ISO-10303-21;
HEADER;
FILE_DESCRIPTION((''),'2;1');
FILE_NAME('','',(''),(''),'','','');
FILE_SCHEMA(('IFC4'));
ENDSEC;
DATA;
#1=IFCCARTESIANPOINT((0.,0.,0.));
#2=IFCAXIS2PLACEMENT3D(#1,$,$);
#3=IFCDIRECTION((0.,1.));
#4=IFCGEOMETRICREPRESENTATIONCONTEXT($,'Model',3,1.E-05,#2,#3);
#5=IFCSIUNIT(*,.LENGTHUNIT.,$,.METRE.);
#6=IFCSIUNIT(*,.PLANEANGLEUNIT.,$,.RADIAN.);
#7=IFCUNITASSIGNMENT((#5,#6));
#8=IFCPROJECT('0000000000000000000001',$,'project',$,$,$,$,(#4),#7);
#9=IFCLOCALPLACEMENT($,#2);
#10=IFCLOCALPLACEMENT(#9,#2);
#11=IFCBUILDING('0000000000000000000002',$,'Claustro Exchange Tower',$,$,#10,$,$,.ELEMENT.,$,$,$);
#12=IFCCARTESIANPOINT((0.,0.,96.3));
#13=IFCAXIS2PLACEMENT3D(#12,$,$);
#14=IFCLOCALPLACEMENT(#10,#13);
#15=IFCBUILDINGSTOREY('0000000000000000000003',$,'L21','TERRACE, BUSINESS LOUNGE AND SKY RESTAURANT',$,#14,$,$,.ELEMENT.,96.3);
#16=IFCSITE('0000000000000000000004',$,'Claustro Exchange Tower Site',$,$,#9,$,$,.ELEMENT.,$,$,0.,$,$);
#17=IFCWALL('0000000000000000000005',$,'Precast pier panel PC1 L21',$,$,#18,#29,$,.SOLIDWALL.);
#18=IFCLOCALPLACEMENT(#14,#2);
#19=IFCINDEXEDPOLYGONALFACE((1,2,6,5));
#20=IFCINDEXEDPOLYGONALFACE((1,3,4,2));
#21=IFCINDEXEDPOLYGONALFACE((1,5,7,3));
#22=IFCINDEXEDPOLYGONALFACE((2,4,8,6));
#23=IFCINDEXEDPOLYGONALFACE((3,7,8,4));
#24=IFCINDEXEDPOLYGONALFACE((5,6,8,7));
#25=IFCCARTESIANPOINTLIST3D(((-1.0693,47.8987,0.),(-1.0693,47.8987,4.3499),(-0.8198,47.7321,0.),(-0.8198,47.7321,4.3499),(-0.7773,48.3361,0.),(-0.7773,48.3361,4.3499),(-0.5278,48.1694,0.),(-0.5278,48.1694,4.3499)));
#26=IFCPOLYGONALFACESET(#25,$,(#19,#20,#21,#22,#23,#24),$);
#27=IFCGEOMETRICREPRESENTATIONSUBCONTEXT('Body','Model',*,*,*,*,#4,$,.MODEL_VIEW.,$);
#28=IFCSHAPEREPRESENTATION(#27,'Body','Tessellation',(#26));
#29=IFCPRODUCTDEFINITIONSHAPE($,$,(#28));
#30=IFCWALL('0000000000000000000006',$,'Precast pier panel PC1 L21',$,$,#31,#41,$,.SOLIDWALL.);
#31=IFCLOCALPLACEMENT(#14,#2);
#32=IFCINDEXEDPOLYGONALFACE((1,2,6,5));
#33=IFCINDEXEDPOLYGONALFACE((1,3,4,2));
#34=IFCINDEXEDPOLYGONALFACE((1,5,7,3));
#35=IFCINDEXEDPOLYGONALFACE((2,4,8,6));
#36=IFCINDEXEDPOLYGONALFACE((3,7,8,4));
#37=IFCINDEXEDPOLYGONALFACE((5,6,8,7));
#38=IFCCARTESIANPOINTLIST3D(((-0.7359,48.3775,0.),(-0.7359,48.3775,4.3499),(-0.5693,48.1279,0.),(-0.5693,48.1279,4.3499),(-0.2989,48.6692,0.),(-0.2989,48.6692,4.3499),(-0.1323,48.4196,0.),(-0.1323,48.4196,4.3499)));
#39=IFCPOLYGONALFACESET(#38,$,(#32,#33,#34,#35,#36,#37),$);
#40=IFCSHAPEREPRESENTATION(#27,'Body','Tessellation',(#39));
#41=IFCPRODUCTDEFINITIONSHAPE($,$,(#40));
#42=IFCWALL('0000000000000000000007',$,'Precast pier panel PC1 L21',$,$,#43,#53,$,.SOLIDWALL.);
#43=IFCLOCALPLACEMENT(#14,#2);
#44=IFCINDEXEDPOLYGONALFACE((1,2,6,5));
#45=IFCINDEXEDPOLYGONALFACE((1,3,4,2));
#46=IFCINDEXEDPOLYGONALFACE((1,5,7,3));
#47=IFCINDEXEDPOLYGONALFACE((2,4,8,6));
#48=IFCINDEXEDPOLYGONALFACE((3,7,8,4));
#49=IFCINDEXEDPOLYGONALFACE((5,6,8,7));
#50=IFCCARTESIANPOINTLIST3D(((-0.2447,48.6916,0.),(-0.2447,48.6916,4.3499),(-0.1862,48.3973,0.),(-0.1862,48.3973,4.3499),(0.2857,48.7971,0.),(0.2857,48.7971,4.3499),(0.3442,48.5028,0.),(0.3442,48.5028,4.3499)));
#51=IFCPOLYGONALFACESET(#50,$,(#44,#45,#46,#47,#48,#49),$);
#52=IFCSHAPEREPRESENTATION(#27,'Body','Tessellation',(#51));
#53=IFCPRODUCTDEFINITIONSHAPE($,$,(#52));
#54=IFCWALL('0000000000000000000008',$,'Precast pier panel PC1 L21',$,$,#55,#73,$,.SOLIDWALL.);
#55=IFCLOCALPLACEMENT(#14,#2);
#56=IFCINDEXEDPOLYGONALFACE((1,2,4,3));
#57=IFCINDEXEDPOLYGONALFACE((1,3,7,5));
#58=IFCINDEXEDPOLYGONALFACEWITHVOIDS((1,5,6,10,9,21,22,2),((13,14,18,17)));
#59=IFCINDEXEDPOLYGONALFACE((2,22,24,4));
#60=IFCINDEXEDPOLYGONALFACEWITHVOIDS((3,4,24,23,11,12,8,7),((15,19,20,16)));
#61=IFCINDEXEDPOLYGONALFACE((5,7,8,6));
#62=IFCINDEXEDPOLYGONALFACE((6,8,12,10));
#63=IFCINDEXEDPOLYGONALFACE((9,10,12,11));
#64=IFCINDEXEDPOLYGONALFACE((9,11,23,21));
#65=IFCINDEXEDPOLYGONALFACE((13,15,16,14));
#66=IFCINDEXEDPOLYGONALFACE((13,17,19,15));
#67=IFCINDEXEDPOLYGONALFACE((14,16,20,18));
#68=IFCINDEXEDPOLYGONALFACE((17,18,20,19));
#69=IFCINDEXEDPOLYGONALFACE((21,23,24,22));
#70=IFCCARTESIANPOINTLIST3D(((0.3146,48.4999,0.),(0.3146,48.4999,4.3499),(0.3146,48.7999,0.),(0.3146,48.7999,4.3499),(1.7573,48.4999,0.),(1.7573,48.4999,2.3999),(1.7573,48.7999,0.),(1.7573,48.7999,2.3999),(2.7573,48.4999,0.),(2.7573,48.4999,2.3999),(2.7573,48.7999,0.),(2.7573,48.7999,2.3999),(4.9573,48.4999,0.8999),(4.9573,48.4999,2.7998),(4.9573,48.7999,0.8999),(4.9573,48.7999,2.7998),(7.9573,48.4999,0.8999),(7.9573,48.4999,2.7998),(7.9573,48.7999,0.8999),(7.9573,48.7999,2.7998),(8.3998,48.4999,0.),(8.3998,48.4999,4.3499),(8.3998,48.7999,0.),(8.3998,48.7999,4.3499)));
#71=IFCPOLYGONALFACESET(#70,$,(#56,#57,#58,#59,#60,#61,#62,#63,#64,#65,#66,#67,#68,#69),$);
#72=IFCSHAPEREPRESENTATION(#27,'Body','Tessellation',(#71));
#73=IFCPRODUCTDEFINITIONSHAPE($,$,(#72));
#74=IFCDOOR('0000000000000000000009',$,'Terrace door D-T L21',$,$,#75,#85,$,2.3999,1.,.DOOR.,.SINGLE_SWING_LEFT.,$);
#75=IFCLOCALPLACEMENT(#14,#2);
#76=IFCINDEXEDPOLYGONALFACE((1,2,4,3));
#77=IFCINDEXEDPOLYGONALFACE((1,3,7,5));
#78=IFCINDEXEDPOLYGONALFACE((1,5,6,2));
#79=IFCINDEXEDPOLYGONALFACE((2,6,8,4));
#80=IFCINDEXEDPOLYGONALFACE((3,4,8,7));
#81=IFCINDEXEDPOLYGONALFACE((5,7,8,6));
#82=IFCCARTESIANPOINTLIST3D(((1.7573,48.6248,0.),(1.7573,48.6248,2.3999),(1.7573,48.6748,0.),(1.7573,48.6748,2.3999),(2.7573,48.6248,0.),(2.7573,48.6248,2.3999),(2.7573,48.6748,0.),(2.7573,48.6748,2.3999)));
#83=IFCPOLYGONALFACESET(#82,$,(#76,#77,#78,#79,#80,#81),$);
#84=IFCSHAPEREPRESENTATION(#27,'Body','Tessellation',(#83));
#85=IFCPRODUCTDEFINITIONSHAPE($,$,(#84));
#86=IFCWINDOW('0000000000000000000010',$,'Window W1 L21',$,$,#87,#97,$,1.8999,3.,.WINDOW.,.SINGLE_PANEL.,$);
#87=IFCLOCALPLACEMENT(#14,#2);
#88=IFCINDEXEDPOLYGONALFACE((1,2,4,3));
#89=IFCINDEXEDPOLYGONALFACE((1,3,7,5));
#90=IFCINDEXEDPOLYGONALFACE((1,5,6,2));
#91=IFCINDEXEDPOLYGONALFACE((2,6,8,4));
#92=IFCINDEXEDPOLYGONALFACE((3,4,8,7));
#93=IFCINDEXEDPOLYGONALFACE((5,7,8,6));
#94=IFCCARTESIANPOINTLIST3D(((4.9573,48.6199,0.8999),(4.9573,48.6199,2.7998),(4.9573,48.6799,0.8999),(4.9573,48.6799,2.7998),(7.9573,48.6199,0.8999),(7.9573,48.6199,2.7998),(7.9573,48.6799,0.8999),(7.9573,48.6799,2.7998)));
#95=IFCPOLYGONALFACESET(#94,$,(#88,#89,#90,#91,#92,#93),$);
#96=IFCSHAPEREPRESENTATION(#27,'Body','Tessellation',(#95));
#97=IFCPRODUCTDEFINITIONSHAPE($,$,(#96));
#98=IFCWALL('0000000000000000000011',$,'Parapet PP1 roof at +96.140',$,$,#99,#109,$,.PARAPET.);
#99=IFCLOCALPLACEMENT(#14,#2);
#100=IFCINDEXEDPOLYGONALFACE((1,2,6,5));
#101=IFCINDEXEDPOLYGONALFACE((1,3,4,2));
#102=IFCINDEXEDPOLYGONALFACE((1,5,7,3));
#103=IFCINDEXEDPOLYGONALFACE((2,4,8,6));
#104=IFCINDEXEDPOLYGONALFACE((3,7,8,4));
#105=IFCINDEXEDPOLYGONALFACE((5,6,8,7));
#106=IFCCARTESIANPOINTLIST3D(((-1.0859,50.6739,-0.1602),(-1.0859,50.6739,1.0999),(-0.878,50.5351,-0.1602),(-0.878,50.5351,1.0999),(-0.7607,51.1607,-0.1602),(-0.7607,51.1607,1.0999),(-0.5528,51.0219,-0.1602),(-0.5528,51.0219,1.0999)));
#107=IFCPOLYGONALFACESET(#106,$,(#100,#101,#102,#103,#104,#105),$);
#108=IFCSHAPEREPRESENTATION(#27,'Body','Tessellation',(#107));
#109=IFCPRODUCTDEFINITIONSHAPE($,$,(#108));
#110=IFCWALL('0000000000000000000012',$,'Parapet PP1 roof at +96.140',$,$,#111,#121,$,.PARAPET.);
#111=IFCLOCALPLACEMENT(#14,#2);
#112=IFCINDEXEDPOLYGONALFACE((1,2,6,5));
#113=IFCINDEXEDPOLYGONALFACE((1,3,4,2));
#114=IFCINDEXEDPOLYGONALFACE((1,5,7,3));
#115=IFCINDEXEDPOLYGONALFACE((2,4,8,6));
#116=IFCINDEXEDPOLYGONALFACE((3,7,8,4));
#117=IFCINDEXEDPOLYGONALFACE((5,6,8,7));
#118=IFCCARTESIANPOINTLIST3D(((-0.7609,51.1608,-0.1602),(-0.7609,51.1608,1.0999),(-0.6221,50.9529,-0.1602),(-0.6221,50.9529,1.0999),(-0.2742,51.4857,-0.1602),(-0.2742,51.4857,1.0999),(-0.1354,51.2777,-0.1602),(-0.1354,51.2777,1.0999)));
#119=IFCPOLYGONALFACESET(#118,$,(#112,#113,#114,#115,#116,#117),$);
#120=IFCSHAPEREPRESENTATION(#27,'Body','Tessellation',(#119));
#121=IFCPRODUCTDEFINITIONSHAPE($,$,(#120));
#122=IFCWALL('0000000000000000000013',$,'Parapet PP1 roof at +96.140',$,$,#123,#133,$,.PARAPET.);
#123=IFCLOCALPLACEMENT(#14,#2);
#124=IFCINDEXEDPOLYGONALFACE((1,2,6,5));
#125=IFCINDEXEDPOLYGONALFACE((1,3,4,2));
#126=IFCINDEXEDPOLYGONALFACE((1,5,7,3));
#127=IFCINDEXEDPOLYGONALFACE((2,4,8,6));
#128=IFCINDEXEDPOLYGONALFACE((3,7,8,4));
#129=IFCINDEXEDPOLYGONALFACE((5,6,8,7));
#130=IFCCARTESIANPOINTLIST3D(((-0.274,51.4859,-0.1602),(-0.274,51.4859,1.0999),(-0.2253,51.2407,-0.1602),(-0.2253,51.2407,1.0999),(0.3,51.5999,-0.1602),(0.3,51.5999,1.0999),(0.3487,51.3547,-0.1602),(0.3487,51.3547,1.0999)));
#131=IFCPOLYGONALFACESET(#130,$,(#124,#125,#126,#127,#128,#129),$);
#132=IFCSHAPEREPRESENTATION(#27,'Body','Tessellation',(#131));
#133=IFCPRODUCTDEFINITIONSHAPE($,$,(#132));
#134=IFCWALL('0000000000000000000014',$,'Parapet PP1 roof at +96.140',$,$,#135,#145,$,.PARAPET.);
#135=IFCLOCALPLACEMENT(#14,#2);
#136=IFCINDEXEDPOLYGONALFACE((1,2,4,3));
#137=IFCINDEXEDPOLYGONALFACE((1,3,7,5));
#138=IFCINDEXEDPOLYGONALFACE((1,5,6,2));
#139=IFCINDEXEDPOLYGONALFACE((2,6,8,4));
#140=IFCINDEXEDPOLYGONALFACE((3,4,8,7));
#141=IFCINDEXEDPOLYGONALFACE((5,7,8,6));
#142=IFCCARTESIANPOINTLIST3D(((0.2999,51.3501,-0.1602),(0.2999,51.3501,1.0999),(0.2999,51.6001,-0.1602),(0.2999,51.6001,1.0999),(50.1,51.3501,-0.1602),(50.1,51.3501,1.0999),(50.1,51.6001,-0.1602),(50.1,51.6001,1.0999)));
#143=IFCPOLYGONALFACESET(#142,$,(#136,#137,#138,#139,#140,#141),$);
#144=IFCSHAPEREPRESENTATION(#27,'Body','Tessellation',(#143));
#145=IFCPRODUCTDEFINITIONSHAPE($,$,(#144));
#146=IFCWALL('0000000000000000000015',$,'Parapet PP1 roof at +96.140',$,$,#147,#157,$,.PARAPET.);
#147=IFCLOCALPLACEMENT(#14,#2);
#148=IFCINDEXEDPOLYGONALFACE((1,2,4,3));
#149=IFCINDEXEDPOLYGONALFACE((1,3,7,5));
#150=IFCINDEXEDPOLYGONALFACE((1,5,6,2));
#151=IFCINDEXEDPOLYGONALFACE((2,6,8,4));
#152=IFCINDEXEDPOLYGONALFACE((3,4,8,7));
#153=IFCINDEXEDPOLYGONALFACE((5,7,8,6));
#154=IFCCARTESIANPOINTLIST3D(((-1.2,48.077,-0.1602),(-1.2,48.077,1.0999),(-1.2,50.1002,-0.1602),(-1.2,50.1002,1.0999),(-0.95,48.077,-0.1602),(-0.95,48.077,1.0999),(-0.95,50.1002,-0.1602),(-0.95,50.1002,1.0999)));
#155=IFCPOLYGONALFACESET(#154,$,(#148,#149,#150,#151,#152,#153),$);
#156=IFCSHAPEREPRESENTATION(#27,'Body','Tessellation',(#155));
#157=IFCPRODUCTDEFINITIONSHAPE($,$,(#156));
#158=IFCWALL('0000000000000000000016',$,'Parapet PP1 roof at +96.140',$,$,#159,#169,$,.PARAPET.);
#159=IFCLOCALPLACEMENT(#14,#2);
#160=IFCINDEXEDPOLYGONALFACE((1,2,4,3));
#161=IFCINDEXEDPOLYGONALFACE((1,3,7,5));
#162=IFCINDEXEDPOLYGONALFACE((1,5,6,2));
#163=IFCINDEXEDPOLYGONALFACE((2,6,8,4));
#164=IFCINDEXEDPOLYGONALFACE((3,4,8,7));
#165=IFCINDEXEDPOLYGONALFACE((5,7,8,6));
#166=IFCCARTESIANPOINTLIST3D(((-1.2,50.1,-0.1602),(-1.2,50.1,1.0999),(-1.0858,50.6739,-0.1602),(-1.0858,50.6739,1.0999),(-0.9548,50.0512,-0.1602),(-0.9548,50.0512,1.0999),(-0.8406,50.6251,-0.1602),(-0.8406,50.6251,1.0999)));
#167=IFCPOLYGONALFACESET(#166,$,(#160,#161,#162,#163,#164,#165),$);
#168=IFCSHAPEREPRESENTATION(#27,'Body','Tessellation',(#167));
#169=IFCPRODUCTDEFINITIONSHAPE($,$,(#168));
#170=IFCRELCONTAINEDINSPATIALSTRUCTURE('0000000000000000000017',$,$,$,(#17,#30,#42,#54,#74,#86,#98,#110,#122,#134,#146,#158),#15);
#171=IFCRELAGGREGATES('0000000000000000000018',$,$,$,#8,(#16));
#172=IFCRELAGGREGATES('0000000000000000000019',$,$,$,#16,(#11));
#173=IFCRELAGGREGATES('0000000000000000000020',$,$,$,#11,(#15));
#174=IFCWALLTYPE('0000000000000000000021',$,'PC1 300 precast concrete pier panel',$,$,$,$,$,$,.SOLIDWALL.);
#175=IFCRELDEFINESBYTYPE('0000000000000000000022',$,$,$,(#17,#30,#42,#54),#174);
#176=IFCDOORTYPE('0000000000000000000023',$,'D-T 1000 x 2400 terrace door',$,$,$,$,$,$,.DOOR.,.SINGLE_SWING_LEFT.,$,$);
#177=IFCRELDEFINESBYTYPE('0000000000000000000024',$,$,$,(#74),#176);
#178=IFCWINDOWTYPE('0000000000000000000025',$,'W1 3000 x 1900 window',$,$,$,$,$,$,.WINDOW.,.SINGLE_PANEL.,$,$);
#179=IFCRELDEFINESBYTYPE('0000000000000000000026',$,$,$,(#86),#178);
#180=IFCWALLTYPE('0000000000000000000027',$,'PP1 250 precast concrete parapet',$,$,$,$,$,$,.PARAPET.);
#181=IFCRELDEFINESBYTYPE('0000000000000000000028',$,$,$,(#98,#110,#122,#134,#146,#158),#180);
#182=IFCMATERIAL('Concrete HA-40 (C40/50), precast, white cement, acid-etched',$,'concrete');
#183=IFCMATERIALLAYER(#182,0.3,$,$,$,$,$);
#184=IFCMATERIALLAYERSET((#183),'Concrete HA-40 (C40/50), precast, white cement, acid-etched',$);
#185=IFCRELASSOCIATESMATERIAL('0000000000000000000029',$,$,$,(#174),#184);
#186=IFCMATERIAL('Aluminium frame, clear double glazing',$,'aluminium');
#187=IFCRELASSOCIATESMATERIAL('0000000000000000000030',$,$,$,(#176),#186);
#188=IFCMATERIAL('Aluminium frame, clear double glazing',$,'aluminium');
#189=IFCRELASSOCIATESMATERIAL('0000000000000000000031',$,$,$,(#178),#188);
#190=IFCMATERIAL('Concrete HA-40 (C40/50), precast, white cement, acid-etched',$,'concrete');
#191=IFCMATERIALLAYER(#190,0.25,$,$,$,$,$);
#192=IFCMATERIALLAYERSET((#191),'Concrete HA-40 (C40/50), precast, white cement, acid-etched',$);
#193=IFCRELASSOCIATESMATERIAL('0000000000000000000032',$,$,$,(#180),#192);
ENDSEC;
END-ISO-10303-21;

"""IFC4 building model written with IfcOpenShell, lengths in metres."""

from ifc_helpers import new_model, si_unit, direction, frame, frame_2d, origin, place, context, subcontext, project, spatial, rectangle, extrude, material, layer, layer_set, type_object, element, fill, save


model = new_model("IFC4")

# Units and contexts
model_context = context("Model", 3, precision=1e-05, world=origin(), true_north=direction((0.0, 1.0)))
body_context = subcontext(model_context, "Body", "Model", "MODEL_VIEW")
ifc_project = project(units=[si_unit("LENGTHUNIT", "METRE"), si_unit("PLANEANGLEUNIT", "RADIAN")], contexts=[model_context])

# Site, building, storey
site_placement = place(None, origin())
site = spatial("IfcSite", under=ifc_project, at=site_placement, Name="Claustro Exchange Tower Site", CompositionType="ELEMENT", RefElevation=0.0)
building_placement = place(site_placement, origin())
building = spatial("IfcBuilding", under=site, at=building_placement, Name="Claustro Exchange Tower", CompositionType="ELEMENT")
storey_placement = place(building_placement, frame((0.0, 0.0, 96.3)))
storey = spatial("IfcBuildingStorey", under=building, at=storey_placement, Name="L21", Description="TERRACE, BUSINESS LOUNGE AND SKY RESTAURANT", CompositionType="ELEMENT", Elevation=96.3)

# Walls
ifc_material_1 = material(Name="Concrete HA-40 (C40/50), precast, white cement, acid-etched", Category="concrete")
ifc_layer_1 = layer(ifc_material_1, 0.3)
ifc_layer_set_1 = layer_set([ifc_layer_1], Name="Concrete HA-40 (C40/50), precast, white cement, acid-etched")
wall_type_1 = type_object("IfcWallType", Name="PC1 300 precast concrete pier panel", PredefinedType="SOLIDWALL", material=ifc_layer_set_1)
wall_1_placement = place(storey_placement, frame((-0.9446, 47.8154, 0.0), z_axis=(0.0, 0.0, 1.0), x_axis=(0.555343, 0.831621, 0.0)))
element("IfcWall", 1, at=wall_1_placement, inside=storey, type_object=wall_type_1, Name="Precast pier panel PC1 L21", PredefinedType="SOLIDWALL", context=body_context, shape_type="SweptSolid", body=[
    extrude(rectangle(XDim=0.5259, YDim=0.3, at=frame_2d((0.2629, 0.0))), origin(), (0.0, 0.0, 1.0), 4.3499),
])
wall_2_placement = place(storey_placement, frame((-0.6526, 48.2527, 0.0), z_axis=(0.0, 0.0, 1.0), x_axis=(0.831693, 0.555236, 0.0)))
element("IfcWall", 2, at=wall_2_placement, inside=storey, type_object=wall_type_1, Name="Precast pier panel PC1 L21", PredefinedType="SOLIDWALL", context=body_context, shape_type="SweptSolid", body=[
    extrude(rectangle(XDim=0.5254, YDim=0.3, at=frame_2d((0.2627, 0.0))), origin(), (0.0, 0.0, 1.0), 4.3499),
])
wall_3_placement = place(storey_placement, frame((-0.2156, 48.5444, 0.0), z_axis=(0.0, 0.0, 1.0), x_axis=(0.980789, 0.195074, 0.0)))
element("IfcWall", 3, at=wall_3_placement, inside=storey, type_object=wall_type_1, Name="Precast pier panel PC1 L21", PredefinedType="SOLIDWALL", context=body_context, shape_type="SweptSolid", body=[
    extrude(rectangle(XDim=0.5408, YDim=0.3, at=frame_2d((0.2705, 0.0))), origin(), (0.0, 0.0, 1.0), 4.3499),
])

# Wall, openings, door, window
wall_4_placement = place(storey_placement, frame((0.3147, 48.6499, 0.0), z_axis=(0.0, 0.0, 1.0), x_axis=(1.0, 0.0, 0.0)))
wall_4 = element("IfcWall", 4, at=wall_4_placement, inside=storey, type_object=wall_type_1, Name="Precast pier panel PC1 L21", PredefinedType="SOLIDWALL", context=body_context, shape_type="SweptSolid", body=[
    extrude(rectangle(XDim=8.0852, YDim=0.3, at=frame_2d((4.0425, 0.0))), origin(), (0.0, 0.0, 1.0), 4.3499),
])
opening_1_placement = place(wall_4_placement, frame((4.6426, 0.0, 0.8999)))
opening_1 = element("IfcOpeningElement", 5, at=opening_1_placement, cuts=wall_4, PredefinedType="OPENING", context=body_context, shape_type="SweptSolid", body=[
    extrude(rectangle(XDim=3.0, YDim=1.8999, at=frame_2d((1.5, 0.95))), frame((0.0, 0.1599, 0.0), z_axis=(0.0, -1.0, 0.0), x_axis=(1.0, 0.0, 0.0)), (0.0, 0.0, 1.0), 0.3201),
])
opening_2_placement = place(wall_4_placement, frame((1.4426, 0.0, 0.0)))
opening_2 = element("IfcOpeningElement", 6, at=opening_2_placement, cuts=wall_4, PredefinedType="OPENING", context=body_context, shape_type="SweptSolid", body=[
    extrude(rectangle(XDim=1.0, YDim=2.3999, at=frame_2d((0.5, 1.2))), frame((0.0, 0.1599, 0.0), z_axis=(0.0, -1.0, 0.0), x_axis=(1.0, 0.0, 0.0)), (0.0, 0.0, 1.0), 0.3201),
])
ifc_material_2 = material(Name="Aluminium frame, clear double glazing", Category="aluminium")
door_type = type_object("IfcDoorType", Name="D-T 1000 x 2400 terrace door", OperationType="SINGLE_SWING_LEFT", PredefinedType="DOOR", material=ifc_material_2)
door_placement = place(opening_2_placement, origin())
door = element("IfcDoor", 7, at=door_placement, inside=storey, type_object=door_type, Name="Terrace door D-T L21", OperationType="SINGLE_SWING_LEFT", OverallHeight=2.3999, OverallWidth=1.0, PredefinedType="DOOR", context=body_context, shape_type="SweptSolid", body=[
    extrude(rectangle(XDim=1.0, YDim=2.3999, at=frame_2d((0.5, 1.2))), frame((0.0, 0.0249, 0.0), z_axis=(0.0, -1.0, 0.0), x_axis=(1.0, 0.0, 0.0)), (0.0, 0.0, 1.0), 0.05),
])
fill(opening_2, door)
ifc_material_3 = material(Name="Aluminium frame, clear double glazing", Category="aluminium")
window_type = type_object("IfcWindowType", Name="W1 3000 x 1900 window", PartitioningType="SINGLE_PANEL", PredefinedType="WINDOW", material=ifc_material_3)
window_placement = place(opening_1_placement, origin())
window = element("IfcWindow", 8, at=window_placement, inside=storey, type_object=window_type, Name="Window W1 L21", OverallHeight=1.8999, OverallWidth=3.0, PartitioningType="SINGLE_PANEL", PredefinedType="WINDOW", context=body_context, shape_type="SweptSolid", body=[
    extrude(rectangle(XDim=3.0, YDim=1.8999, at=frame_2d((1.5, 0.95))), frame((0.0, 0.03, 0.0), z_axis=(0.0, -1.0, 0.0), x_axis=(1.0, 0.0, 0.0)), (0.0, 0.0, 1.0), 0.0601),
])
fill(opening_1, window)

# Walls
ifc_material_4 = material(Name="Concrete HA-40 (C40/50), precast, white cement, acid-etched", Category="concrete")
ifc_layer_2 = layer(ifc_material_4, 0.25)
ifc_layer_set_2 = layer_set([ifc_layer_2], Name="Concrete HA-40 (C40/50), precast, white cement, acid-etched")
wall_type_2 = type_object("IfcWallType", Name="PP1 250 precast concrete parapet", PredefinedType="PARAPET", material=ifc_layer_set_2)
wall_5_placement = place(storey_placement, frame((-0.9819, 50.6045, -0.1602), z_axis=(0.0, 0.0, 1.0), x_axis=(0.55547, 0.831537, 0.0)))
element("IfcWall", 9, at=wall_5_placement, inside=storey, type_object=wall_type_2, Name="Parapet PP1 roof at +96.140", PredefinedType="PARAPET", context=body_context, shape_type="SweptSolid", body=[
    extrude(rectangle(XDim=0.5854, YDim=0.25, at=frame_2d((0.2927, 0.0))), origin(), (0.0, 0.0, 1.0), 1.26),
])
for number, where, z_axis, x_axis, name in (
    (10, (-0.6914, 51.0569, -0.1602), (0.0, 0.0, 1.0), (0.831729, 0.555181, 0.0), "Parapet PP1 roof at +96.140"),
    (11, (-0.2495, 51.3633, -0.1602), (0.0, 0.0, 1.0), (0.980837, 0.194832, 0.0), "Parapet PP1 roof at +96.140"),
):
    element("IfcWall", number, at=place(storey_placement, frame(where, z_axis=z_axis, x_axis=x_axis)), inside=storey, type_object=wall_type_2, Name=name, PredefinedType="PARAPET", context=body_context, shape_type="SweptSolid", body=[
        extrude(rectangle(XDim=0.5852, YDim=0.25, at=frame_2d((0.2925, 0.0))), origin(), (0.0, 0.0, 1.0), 1.26),
    ])
wall_6_placement = place(storey_placement, frame((0.3, 51.4751, -0.1602), z_axis=(0.0, 0.0, 1.0), x_axis=(1.0, 0.0, 0.0)))
element("IfcWall", 12, at=wall_6_placement, inside=storey, type_object=wall_type_2, Name="Parapet PP1 roof at +96.140", PredefinedType="PARAPET", context=body_context, shape_type="SweptSolid", body=[
    extrude(rectangle(XDim=49.8, YDim=0.25, at=frame_2d((24.8999, 0.0))), origin(), (0.0, 0.0, 1.0), 1.26),
])
wall_7_placement = place(storey_placement, frame((-1.075, 48.0769, -0.1602), z_axis=(0.0, 0.0, 1.0), x_axis=(0.0, 1.0, 0.0)))
element("IfcWall", 13, at=wall_7_placement, inside=storey, type_object=wall_type_2, Name="Parapet PP1 roof at +96.140", PredefinedType="PARAPET", context=body_context, shape_type="SweptSolid", body=[
    extrude(rectangle(XDim=2.0232, YDim=0.25, at=frame_2d((1.0117, 0.0))), origin(), (0.0, 0.0, 1.0), 1.26),
])
wall_8_placement = place(storey_placement, frame((-1.0774, 50.0757, -0.1602), z_axis=(0.0, 0.0, 1.0), x_axis=(0.195234, 0.980757, 0.0)))
element("IfcWall", 14, at=wall_8_placement, inside=storey, type_object=wall_type_2, Name="Parapet PP1 roof at +96.140", PredefinedType="PARAPET", context=body_context, shape_type="SweptSolid", body=[
    extrude(rectangle(XDim=0.5852, YDim=0.25, at=frame_2d((0.2925, 0.0))), origin(), (0.0, 0.0, 1.0), 1.26),
])

save(model, "model.ifc")
